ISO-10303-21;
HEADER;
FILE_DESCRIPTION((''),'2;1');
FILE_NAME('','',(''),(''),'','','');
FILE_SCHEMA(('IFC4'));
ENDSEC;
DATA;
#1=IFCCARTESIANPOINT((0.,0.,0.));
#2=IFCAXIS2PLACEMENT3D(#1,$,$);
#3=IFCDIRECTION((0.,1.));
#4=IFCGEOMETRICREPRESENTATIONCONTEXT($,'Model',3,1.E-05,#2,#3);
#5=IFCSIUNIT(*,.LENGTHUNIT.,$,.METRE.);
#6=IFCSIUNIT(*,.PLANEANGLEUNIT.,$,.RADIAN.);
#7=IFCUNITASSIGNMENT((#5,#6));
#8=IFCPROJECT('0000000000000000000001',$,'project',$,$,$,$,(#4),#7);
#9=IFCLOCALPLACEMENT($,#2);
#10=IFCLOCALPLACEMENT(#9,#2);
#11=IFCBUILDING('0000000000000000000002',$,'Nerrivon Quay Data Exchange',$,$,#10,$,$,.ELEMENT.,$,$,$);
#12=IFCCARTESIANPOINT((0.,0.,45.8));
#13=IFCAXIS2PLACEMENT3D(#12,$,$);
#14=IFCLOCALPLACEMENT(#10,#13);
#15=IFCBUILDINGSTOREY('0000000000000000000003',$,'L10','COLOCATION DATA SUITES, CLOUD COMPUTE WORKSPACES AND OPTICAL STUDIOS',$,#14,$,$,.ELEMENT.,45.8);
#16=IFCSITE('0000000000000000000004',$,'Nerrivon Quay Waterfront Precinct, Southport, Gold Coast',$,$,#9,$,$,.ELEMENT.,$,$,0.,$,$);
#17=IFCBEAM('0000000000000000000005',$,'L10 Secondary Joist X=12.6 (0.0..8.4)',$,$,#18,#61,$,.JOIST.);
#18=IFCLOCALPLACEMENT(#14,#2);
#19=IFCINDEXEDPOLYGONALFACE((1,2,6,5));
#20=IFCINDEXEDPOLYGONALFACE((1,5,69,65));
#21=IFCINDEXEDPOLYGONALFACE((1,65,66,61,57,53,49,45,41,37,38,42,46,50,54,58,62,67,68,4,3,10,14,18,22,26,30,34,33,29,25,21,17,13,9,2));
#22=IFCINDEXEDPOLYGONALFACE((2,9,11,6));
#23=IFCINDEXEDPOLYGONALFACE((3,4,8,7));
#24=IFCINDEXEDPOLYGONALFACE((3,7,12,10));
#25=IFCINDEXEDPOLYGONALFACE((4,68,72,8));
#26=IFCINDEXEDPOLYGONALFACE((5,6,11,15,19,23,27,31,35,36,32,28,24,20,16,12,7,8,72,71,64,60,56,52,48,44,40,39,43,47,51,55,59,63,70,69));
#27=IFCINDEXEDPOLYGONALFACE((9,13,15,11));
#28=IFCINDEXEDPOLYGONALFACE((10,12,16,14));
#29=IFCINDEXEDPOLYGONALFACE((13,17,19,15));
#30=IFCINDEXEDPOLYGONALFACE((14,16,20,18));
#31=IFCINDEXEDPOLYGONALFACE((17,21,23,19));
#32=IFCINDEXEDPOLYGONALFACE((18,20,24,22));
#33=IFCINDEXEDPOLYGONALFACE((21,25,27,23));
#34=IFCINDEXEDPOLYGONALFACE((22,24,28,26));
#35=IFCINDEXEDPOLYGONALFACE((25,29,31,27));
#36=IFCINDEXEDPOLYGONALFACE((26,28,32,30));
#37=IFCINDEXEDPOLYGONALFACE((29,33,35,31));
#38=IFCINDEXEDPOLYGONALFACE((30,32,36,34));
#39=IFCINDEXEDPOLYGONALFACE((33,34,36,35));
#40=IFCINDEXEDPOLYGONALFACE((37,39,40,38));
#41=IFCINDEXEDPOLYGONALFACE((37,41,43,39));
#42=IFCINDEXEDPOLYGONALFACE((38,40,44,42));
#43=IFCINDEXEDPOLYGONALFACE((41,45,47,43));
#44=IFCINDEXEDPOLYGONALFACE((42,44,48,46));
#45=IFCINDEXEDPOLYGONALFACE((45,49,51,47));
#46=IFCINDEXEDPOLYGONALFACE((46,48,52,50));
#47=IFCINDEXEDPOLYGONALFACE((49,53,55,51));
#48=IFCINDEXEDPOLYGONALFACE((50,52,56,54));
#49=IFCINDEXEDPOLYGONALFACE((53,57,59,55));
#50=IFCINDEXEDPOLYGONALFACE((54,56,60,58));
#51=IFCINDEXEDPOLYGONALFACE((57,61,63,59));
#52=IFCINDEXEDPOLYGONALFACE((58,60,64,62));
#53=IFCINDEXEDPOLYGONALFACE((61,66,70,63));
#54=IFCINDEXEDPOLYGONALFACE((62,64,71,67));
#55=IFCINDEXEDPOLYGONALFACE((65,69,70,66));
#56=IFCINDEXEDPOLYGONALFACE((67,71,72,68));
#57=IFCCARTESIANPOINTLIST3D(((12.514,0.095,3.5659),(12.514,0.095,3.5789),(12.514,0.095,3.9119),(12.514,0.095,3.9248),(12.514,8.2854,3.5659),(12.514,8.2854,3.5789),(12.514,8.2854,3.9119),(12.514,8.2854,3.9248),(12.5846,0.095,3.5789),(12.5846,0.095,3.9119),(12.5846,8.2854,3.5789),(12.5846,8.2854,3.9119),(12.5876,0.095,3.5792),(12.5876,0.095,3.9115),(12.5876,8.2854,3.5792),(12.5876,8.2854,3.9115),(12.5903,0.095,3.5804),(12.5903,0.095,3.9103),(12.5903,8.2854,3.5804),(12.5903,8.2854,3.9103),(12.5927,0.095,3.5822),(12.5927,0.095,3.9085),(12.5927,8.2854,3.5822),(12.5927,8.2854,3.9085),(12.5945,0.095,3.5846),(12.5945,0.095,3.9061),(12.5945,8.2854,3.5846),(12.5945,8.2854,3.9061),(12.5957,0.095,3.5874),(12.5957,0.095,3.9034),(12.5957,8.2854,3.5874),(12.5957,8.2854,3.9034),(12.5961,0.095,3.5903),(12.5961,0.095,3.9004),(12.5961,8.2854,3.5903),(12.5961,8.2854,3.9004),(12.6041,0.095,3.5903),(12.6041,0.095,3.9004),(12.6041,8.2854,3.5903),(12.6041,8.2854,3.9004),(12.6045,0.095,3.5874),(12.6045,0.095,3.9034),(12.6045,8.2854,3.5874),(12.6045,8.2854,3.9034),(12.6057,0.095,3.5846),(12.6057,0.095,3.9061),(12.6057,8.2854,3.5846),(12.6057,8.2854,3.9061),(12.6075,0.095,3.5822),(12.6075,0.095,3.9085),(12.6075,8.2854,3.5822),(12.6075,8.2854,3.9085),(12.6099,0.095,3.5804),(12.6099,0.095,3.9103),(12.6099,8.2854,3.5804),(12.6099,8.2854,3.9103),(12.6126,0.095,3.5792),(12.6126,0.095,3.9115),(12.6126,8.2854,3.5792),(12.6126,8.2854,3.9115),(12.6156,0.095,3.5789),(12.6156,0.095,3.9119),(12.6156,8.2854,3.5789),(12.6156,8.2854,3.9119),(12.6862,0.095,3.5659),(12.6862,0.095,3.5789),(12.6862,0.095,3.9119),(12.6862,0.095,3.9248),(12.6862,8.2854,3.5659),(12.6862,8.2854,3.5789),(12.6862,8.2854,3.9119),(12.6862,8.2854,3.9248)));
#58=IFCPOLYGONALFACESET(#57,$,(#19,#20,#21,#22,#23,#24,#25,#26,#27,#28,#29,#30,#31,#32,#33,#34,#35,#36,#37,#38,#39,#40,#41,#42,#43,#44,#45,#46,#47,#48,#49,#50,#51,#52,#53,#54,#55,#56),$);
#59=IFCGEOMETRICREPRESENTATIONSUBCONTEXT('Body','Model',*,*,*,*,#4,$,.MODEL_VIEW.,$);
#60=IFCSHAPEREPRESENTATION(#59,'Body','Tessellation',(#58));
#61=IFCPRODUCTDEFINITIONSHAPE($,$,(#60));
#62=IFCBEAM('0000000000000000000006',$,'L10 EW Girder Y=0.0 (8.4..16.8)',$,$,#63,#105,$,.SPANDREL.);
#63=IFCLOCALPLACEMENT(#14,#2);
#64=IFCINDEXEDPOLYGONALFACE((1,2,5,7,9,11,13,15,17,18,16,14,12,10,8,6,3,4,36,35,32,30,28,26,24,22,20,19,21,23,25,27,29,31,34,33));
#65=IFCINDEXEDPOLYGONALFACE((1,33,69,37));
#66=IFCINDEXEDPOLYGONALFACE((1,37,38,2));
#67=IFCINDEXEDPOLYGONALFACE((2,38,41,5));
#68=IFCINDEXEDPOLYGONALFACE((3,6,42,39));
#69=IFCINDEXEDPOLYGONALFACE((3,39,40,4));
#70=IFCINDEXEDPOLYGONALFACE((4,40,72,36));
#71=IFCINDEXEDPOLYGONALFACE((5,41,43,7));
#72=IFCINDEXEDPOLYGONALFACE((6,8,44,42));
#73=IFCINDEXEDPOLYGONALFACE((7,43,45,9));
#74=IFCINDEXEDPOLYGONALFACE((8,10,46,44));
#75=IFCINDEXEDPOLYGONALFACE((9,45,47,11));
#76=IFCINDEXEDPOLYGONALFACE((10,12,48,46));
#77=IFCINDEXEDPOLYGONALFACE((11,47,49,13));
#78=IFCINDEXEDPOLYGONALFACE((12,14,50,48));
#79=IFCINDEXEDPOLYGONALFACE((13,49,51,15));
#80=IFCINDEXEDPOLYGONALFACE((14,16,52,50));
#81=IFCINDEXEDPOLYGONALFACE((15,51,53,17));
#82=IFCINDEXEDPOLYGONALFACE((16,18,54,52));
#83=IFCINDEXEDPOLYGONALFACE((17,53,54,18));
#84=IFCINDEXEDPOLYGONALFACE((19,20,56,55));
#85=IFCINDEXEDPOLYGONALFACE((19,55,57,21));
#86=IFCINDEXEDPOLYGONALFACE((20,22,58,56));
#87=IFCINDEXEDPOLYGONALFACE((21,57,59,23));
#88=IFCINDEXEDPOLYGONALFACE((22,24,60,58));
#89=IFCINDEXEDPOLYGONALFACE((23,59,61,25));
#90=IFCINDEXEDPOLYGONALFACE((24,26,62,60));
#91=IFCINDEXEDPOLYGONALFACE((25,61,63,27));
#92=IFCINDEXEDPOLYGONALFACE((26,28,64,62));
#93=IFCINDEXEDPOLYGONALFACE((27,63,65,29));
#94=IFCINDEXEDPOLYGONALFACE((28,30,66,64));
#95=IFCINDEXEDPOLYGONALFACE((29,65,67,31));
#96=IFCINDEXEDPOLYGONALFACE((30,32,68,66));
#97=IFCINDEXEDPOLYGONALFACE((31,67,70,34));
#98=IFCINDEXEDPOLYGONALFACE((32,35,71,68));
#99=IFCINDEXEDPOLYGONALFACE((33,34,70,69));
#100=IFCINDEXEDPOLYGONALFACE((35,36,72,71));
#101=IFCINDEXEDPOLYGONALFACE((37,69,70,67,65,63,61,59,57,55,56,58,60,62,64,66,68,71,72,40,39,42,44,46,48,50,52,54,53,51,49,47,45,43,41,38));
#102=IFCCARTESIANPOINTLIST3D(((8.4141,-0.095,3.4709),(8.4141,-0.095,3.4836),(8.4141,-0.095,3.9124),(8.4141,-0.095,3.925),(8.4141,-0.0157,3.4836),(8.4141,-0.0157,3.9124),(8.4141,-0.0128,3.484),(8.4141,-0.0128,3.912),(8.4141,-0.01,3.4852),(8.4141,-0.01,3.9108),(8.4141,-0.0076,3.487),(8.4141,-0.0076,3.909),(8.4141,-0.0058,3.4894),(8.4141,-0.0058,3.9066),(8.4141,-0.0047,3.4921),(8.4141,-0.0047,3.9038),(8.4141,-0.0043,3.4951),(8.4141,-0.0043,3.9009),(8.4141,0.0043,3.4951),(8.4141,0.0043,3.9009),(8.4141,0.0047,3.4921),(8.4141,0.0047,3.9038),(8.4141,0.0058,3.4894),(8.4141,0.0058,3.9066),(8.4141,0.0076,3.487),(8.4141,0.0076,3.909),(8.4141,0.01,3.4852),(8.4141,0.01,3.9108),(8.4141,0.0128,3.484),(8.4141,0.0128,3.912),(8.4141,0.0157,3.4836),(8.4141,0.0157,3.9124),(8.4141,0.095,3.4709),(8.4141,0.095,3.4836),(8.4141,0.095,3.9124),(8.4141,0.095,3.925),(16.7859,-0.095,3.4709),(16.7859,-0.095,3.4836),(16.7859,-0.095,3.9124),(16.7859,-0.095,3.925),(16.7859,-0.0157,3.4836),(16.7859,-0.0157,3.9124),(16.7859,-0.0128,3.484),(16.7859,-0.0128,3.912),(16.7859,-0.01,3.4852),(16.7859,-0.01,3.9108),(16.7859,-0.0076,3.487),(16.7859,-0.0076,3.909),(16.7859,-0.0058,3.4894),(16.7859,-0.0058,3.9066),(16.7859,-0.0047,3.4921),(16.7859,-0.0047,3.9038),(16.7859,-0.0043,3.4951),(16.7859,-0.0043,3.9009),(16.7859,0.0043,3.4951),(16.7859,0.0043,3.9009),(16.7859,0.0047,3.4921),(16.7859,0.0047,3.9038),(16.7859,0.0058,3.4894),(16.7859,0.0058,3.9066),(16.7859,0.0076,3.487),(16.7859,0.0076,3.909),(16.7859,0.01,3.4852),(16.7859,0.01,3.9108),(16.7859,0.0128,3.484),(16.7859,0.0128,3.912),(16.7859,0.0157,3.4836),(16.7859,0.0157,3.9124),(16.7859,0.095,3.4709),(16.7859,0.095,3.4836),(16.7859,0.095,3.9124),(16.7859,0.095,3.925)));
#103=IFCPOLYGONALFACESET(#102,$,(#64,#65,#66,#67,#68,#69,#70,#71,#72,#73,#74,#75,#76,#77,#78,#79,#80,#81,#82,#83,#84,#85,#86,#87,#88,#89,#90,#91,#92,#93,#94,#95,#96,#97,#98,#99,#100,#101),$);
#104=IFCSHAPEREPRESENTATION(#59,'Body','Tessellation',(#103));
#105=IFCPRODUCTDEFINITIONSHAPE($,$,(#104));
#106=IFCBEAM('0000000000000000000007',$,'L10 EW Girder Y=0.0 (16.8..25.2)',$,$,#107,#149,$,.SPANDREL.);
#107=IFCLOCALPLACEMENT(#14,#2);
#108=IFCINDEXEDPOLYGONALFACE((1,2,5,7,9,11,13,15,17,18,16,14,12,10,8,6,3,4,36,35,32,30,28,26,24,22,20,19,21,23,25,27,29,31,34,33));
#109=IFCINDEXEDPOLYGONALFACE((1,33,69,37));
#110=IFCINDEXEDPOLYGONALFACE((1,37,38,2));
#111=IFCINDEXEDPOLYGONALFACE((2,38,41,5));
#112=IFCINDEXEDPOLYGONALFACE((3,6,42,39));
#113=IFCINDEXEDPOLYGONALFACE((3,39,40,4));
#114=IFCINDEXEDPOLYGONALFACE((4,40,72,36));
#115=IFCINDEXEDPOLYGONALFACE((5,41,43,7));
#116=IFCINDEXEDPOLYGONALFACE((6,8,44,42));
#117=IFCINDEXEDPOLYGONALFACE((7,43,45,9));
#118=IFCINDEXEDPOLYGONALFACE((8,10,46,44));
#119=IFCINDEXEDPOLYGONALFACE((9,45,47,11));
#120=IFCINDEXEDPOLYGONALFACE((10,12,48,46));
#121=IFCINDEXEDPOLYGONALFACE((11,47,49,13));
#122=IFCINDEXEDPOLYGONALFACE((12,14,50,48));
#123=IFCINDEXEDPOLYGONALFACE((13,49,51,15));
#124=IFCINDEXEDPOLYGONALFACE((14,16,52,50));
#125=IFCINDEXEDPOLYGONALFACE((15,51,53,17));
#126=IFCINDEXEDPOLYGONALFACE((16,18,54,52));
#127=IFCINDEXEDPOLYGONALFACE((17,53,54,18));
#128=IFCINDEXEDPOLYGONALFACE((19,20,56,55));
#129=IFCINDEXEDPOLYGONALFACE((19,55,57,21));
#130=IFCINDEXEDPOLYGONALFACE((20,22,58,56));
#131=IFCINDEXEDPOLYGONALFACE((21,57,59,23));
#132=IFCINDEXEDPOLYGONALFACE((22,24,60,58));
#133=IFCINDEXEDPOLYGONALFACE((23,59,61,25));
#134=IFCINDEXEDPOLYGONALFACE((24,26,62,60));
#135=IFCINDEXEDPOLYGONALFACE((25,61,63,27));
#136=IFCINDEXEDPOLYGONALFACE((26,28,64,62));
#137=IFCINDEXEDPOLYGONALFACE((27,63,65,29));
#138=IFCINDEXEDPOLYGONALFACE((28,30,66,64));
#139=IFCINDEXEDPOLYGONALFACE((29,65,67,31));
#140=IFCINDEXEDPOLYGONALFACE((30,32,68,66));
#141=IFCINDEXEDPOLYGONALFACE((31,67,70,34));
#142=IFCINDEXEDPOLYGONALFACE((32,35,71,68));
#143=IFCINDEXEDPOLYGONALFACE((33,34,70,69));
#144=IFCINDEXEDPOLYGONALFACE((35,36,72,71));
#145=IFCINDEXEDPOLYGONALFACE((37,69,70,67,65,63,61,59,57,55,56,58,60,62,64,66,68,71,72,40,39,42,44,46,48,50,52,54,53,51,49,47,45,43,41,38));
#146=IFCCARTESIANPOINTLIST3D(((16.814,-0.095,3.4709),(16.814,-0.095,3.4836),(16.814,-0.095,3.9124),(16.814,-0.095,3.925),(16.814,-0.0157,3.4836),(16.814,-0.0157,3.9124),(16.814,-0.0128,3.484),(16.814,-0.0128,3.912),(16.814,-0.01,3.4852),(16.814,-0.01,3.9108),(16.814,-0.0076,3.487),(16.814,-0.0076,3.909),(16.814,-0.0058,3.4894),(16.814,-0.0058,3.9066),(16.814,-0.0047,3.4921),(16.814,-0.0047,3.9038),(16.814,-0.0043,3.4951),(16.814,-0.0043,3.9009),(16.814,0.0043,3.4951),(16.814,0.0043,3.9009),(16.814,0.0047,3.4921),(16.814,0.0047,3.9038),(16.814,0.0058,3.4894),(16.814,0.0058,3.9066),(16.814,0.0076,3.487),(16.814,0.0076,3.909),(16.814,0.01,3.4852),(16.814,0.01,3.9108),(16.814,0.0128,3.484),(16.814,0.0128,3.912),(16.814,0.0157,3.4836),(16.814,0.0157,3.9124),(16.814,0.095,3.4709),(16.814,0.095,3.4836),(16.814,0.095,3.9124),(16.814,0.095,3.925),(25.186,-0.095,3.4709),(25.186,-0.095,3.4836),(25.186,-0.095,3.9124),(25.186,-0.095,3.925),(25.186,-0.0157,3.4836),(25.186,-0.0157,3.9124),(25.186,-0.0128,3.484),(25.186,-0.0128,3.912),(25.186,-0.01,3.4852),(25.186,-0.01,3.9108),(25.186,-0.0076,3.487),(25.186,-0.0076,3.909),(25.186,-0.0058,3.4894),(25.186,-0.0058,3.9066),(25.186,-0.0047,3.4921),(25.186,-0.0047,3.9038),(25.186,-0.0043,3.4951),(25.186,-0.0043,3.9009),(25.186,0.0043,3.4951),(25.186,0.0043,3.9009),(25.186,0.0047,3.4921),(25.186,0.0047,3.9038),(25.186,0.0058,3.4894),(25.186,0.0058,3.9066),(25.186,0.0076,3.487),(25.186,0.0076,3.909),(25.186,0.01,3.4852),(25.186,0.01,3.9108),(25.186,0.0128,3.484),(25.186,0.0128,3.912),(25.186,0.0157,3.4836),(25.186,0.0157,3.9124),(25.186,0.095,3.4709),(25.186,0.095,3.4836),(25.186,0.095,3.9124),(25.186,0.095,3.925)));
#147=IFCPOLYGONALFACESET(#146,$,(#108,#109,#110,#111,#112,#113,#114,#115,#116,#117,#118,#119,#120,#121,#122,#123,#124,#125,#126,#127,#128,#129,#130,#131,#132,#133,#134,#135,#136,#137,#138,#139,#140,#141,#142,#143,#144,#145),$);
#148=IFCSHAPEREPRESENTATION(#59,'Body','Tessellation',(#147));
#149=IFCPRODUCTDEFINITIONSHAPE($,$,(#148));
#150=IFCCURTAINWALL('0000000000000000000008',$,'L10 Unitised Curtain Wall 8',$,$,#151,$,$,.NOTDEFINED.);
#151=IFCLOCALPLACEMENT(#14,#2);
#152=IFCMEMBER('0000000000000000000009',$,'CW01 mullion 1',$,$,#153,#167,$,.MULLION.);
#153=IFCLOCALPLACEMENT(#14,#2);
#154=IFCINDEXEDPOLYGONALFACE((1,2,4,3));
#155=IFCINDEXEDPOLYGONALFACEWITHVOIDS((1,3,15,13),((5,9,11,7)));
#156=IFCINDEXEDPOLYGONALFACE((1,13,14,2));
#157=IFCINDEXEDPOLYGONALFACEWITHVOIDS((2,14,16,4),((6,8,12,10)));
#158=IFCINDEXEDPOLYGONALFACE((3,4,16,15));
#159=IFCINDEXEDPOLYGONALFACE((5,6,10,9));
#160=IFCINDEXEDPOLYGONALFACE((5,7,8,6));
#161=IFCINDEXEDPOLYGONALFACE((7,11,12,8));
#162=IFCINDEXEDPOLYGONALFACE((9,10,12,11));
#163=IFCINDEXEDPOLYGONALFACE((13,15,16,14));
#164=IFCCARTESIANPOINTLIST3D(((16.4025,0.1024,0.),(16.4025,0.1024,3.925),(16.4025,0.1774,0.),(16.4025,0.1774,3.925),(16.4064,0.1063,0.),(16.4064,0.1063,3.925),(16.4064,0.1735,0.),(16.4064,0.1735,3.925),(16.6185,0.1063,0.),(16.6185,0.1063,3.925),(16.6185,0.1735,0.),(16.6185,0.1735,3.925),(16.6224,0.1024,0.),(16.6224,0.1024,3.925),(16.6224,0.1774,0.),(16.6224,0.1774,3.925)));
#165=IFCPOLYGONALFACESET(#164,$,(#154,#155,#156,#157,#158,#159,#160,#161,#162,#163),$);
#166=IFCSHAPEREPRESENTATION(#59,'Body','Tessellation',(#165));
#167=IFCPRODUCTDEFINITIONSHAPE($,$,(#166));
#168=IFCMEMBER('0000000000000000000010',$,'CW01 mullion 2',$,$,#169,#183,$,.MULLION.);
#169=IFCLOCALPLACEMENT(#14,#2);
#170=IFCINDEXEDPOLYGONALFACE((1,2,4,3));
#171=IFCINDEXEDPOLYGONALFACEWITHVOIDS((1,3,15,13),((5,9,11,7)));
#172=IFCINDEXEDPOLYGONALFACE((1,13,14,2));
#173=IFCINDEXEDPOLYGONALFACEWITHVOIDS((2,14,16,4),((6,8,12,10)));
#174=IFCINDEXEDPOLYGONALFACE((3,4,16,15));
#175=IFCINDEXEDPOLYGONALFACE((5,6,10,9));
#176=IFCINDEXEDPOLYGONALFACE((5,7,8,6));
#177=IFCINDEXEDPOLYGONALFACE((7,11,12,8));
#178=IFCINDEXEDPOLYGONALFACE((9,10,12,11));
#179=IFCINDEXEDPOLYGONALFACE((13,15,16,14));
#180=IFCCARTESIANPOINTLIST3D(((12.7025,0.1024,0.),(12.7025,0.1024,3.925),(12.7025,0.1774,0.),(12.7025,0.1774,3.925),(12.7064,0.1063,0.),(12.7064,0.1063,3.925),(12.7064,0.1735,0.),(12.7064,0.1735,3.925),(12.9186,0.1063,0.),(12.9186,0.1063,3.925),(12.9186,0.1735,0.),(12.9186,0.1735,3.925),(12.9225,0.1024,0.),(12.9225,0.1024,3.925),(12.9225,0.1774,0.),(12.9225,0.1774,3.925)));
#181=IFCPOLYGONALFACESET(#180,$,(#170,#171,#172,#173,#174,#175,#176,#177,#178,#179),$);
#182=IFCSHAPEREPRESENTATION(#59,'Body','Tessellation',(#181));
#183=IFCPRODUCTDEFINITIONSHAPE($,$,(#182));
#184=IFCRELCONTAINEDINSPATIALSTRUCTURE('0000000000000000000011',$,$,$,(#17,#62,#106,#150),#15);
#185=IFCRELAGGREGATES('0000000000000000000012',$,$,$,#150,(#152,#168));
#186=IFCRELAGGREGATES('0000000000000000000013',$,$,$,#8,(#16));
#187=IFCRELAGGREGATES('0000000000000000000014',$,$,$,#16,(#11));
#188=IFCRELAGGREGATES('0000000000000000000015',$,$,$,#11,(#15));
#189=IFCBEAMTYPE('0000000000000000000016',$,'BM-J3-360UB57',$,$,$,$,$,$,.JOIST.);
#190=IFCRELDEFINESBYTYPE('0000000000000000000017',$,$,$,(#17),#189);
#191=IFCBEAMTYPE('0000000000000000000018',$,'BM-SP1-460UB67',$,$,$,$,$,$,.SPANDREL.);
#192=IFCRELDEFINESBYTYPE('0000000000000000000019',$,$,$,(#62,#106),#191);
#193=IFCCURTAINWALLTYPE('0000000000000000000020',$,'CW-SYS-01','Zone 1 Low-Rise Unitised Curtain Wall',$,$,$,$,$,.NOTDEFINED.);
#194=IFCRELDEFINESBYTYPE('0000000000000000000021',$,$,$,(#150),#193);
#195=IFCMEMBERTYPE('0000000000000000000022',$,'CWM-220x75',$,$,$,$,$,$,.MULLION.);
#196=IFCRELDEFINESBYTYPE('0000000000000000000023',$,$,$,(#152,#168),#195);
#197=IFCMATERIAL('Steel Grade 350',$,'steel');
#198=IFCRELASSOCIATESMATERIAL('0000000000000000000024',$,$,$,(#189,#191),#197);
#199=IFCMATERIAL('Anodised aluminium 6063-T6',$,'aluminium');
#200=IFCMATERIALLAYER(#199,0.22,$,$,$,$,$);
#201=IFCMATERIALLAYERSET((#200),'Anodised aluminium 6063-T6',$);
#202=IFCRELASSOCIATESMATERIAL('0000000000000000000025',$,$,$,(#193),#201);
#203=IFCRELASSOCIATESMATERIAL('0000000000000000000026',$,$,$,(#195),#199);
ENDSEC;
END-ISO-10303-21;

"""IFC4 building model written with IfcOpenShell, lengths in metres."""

from ifc_helpers import new_model, si_unit, direction, frame, origin, origin_2d, place, context, subcontext, project, spatial, hollow_rectangle, i_section, extrude, material, layer, layer_set, material_profile, profile_set, type_object, element, aggregate, save


model = new_model("IFC4")

# Units and contexts
model_context = context("Model", 3, precision=1e-05, world=origin(), true_north=direction((0.0, 1.0)))
body_context = subcontext(model_context, "Body", "Model", "MODEL_VIEW")
ifc_project = project(units=[si_unit("LENGTHUNIT", "METRE"), si_unit("PLANEANGLEUNIT", "RADIAN")], contexts=[model_context])

# Site, building, storey
site_placement = place(None, origin())
site = spatial("IfcSite", under=ifc_project, at=site_placement, Name="Nerrivon Quay Waterfront Precinct, Southport, Gold Coast", CompositionType="ELEMENT", RefElevation=0.0)
building_placement = place(site_placement, origin())
building = spatial("IfcBuilding", under=site, at=building_placement, Name="Nerrivon Quay Data Exchange", CompositionType="ELEMENT")
storey_placement = place(building_placement, frame((0.0, 0.0, 45.8)))
storey = spatial("IfcBuildingStorey", under=building, at=storey_placement, Name="L10", Description="COLOCATION DATA SUITES, CLOUD COMPUTE WORKSPACES AND OPTICAL STUDIOS", CompositionType="ELEMENT", Elevation=45.8)

# Shared definitions
ifc_material_1 = material(Name="Steel Grade 350", Category="steel")

# Beams
ifc_material_profile_1 = material_profile(ifc_material_1, i_section(OverallWidth=0.1721, OverallDepth=0.3589, WebThickness=0.0081, FlangeThickness=0.0129, FilletRadius=0.0115, at=origin_2d()), Name="360UB56.7")
ifc_profile_set_1 = profile_set([ifc_material_profile_1], Name="Steel Grade 350")
beam_type_1 = type_object("IfcBeamType", Name="BM-J3-360UB57", PredefinedType="JOIST", material=ifc_profile_set_1)
beam_1_placement = place(storey_placement, frame((12.6001, 0.095, 3.7454), z_axis=(0.0, 1.0, 0.0), x_axis=(-1.0, 0.0, 0.0)))
element("IfcBeam", 1, at=beam_1_placement, inside=storey, type_object=beam_type_1, Name="L10 Secondary Joist X=12.6 (0.0..8.4)", PredefinedType="JOIST", context=body_context, shape_type="SweptSolid", body=[
    extrude(i_section(OverallWidth=0.1721, OverallDepth=0.3589, WebThickness=0.0081, FlangeThickness=0.0129, FilletRadius=0.0115, at=origin_2d()), origin(), (0.0, 0.0, 1.0), 8.1904),
])
ifc_material_profile_2 = material_profile(ifc_material_1, i_section(OverallWidth=0.1899, OverallDepth=0.4541, WebThickness=0.0085, FlangeThickness=0.0127, FilletRadius=0.0115, at=origin_2d()), Name="460UB67.1")
ifc_profile_set_2 = profile_set([ifc_material_profile_2], Name="Steel Grade 350")
beam_type_2 = type_object("IfcBeamType", Name="BM-SP1-460UB67", PredefinedType="SPANDREL", material=ifc_profile_set_2)
beam_2_placement = place(storey_placement, frame((8.4141, 0.0, 3.698), z_axis=(1.0, 0.0, 0.0), x_axis=(0.0, 1.0, 0.0)))
element("IfcBeam", 2, at=beam_2_placement, inside=storey, type_object=beam_type_2, Name="L10 EW Girder Y=0.0 (8.4..16.8)", PredefinedType="SPANDREL", context=body_context, shape_type="SweptSolid", body=[
    extrude(i_section(OverallWidth=0.1899, OverallDepth=0.4541, WebThickness=0.0085, FlangeThickness=0.0127, FilletRadius=0.0115, at=origin_2d()), origin(), (0.0, 0.0, 1.0), 8.3718),
])
beam_3_placement = place(storey_placement, frame((16.814, 0.0, 3.698), z_axis=(1.0, 0.0, 0.0), x_axis=(0.0, 1.0, 0.0)))
element("IfcBeam", 3, at=beam_3_placement, inside=storey, type_object=beam_type_2, Name="L10 EW Girder Y=0.0 (16.8..25.2)", PredefinedType="SPANDREL", context=body_context, shape_type="SweptSolid", body=[
    extrude(i_section(OverallWidth=0.1899, OverallDepth=0.4541, WebThickness=0.0085, FlangeThickness=0.0127, FilletRadius=0.0115, at=origin_2d()), origin(), (0.0, 0.0, 1.0), 8.3721),
])

# Curtain wall, members
ifc_material_2 = material(Name="Anodised aluminium 6063-T6", Category="aluminium")
ifc_layer_1 = layer(ifc_material_2, 0.22)
ifc_layer_set_1 = layer_set([ifc_layer_1], Name="Anodised aluminium 6063-T6")
curtain_wall_type = type_object("IfcCurtainWallType", Name="CW-SYS-01", Description="Zone 1 Low-Rise Unitised Curtain Wall", PredefinedType="NOTDEFINED", material=ifc_layer_set_1)
curtain_wall_1_placement = place(storey_placement, origin())
curtain_wall_1 = element("IfcCurtainWall", 4, at=curtain_wall_1_placement, inside=storey, type_object=curtain_wall_type, Name="L10 Unitised Curtain Wall 8", PredefinedType="NOTDEFINED")
ifc_material_profile_3 = material_profile(ifc_material_2, hollow_rectangle(XDim=0.075, YDim=0.22, WallThickness=0.0039, at=origin_2d()), Name="ALU-MULL-220x75")
ifc_profile_set_3 = profile_set([ifc_material_profile_3], Name="Anodised aluminium 6063-T6")
member_type_1 = type_object("IfcMemberType", Name="CWM-220x75", PredefinedType="MULLION", material=ifc_profile_set_3)
member_1_placement = place(storey_placement, frame((16.5125, 0.1399, 0.0), z_axis=(0.0, 0.0, 1.0), x_axis=(0.0, -1.0, 0.0)))
member_1 = element("IfcMember", 5, at=member_1_placement, type_object=member_type_1, Name="CW01 mullion 1", PredefinedType="MULLION", context=body_context, shape_type="SweptSolid", body=[
    extrude(hollow_rectangle(XDim=0.075, YDim=0.22, WallThickness=0.0039, at=origin_2d()), origin(), (0.0, 0.0, 1.0), 3.925),
])
member_2_placement = place(storey_placement, frame((12.8125, 0.1399, 0.0), z_axis=(0.0, 0.0, 1.0), x_axis=(0.0, -1.0, 0.0)))
member_2 = element("IfcMember", 6, at=member_2_placement, type_object=member_type_1, Name="CW01 mullion 2", PredefinedType="MULLION", context=body_context, shape_type="SweptSolid", body=[
    extrude(hollow_rectangle(XDim=0.075, YDim=0.22, WallThickness=0.0039, at=origin_2d()), origin(), (0.0, 0.0, 1.0), 3.925),
])

aggregate(curtain_wall_1, [member_1, member_2])

save(model, "model.ifc")
